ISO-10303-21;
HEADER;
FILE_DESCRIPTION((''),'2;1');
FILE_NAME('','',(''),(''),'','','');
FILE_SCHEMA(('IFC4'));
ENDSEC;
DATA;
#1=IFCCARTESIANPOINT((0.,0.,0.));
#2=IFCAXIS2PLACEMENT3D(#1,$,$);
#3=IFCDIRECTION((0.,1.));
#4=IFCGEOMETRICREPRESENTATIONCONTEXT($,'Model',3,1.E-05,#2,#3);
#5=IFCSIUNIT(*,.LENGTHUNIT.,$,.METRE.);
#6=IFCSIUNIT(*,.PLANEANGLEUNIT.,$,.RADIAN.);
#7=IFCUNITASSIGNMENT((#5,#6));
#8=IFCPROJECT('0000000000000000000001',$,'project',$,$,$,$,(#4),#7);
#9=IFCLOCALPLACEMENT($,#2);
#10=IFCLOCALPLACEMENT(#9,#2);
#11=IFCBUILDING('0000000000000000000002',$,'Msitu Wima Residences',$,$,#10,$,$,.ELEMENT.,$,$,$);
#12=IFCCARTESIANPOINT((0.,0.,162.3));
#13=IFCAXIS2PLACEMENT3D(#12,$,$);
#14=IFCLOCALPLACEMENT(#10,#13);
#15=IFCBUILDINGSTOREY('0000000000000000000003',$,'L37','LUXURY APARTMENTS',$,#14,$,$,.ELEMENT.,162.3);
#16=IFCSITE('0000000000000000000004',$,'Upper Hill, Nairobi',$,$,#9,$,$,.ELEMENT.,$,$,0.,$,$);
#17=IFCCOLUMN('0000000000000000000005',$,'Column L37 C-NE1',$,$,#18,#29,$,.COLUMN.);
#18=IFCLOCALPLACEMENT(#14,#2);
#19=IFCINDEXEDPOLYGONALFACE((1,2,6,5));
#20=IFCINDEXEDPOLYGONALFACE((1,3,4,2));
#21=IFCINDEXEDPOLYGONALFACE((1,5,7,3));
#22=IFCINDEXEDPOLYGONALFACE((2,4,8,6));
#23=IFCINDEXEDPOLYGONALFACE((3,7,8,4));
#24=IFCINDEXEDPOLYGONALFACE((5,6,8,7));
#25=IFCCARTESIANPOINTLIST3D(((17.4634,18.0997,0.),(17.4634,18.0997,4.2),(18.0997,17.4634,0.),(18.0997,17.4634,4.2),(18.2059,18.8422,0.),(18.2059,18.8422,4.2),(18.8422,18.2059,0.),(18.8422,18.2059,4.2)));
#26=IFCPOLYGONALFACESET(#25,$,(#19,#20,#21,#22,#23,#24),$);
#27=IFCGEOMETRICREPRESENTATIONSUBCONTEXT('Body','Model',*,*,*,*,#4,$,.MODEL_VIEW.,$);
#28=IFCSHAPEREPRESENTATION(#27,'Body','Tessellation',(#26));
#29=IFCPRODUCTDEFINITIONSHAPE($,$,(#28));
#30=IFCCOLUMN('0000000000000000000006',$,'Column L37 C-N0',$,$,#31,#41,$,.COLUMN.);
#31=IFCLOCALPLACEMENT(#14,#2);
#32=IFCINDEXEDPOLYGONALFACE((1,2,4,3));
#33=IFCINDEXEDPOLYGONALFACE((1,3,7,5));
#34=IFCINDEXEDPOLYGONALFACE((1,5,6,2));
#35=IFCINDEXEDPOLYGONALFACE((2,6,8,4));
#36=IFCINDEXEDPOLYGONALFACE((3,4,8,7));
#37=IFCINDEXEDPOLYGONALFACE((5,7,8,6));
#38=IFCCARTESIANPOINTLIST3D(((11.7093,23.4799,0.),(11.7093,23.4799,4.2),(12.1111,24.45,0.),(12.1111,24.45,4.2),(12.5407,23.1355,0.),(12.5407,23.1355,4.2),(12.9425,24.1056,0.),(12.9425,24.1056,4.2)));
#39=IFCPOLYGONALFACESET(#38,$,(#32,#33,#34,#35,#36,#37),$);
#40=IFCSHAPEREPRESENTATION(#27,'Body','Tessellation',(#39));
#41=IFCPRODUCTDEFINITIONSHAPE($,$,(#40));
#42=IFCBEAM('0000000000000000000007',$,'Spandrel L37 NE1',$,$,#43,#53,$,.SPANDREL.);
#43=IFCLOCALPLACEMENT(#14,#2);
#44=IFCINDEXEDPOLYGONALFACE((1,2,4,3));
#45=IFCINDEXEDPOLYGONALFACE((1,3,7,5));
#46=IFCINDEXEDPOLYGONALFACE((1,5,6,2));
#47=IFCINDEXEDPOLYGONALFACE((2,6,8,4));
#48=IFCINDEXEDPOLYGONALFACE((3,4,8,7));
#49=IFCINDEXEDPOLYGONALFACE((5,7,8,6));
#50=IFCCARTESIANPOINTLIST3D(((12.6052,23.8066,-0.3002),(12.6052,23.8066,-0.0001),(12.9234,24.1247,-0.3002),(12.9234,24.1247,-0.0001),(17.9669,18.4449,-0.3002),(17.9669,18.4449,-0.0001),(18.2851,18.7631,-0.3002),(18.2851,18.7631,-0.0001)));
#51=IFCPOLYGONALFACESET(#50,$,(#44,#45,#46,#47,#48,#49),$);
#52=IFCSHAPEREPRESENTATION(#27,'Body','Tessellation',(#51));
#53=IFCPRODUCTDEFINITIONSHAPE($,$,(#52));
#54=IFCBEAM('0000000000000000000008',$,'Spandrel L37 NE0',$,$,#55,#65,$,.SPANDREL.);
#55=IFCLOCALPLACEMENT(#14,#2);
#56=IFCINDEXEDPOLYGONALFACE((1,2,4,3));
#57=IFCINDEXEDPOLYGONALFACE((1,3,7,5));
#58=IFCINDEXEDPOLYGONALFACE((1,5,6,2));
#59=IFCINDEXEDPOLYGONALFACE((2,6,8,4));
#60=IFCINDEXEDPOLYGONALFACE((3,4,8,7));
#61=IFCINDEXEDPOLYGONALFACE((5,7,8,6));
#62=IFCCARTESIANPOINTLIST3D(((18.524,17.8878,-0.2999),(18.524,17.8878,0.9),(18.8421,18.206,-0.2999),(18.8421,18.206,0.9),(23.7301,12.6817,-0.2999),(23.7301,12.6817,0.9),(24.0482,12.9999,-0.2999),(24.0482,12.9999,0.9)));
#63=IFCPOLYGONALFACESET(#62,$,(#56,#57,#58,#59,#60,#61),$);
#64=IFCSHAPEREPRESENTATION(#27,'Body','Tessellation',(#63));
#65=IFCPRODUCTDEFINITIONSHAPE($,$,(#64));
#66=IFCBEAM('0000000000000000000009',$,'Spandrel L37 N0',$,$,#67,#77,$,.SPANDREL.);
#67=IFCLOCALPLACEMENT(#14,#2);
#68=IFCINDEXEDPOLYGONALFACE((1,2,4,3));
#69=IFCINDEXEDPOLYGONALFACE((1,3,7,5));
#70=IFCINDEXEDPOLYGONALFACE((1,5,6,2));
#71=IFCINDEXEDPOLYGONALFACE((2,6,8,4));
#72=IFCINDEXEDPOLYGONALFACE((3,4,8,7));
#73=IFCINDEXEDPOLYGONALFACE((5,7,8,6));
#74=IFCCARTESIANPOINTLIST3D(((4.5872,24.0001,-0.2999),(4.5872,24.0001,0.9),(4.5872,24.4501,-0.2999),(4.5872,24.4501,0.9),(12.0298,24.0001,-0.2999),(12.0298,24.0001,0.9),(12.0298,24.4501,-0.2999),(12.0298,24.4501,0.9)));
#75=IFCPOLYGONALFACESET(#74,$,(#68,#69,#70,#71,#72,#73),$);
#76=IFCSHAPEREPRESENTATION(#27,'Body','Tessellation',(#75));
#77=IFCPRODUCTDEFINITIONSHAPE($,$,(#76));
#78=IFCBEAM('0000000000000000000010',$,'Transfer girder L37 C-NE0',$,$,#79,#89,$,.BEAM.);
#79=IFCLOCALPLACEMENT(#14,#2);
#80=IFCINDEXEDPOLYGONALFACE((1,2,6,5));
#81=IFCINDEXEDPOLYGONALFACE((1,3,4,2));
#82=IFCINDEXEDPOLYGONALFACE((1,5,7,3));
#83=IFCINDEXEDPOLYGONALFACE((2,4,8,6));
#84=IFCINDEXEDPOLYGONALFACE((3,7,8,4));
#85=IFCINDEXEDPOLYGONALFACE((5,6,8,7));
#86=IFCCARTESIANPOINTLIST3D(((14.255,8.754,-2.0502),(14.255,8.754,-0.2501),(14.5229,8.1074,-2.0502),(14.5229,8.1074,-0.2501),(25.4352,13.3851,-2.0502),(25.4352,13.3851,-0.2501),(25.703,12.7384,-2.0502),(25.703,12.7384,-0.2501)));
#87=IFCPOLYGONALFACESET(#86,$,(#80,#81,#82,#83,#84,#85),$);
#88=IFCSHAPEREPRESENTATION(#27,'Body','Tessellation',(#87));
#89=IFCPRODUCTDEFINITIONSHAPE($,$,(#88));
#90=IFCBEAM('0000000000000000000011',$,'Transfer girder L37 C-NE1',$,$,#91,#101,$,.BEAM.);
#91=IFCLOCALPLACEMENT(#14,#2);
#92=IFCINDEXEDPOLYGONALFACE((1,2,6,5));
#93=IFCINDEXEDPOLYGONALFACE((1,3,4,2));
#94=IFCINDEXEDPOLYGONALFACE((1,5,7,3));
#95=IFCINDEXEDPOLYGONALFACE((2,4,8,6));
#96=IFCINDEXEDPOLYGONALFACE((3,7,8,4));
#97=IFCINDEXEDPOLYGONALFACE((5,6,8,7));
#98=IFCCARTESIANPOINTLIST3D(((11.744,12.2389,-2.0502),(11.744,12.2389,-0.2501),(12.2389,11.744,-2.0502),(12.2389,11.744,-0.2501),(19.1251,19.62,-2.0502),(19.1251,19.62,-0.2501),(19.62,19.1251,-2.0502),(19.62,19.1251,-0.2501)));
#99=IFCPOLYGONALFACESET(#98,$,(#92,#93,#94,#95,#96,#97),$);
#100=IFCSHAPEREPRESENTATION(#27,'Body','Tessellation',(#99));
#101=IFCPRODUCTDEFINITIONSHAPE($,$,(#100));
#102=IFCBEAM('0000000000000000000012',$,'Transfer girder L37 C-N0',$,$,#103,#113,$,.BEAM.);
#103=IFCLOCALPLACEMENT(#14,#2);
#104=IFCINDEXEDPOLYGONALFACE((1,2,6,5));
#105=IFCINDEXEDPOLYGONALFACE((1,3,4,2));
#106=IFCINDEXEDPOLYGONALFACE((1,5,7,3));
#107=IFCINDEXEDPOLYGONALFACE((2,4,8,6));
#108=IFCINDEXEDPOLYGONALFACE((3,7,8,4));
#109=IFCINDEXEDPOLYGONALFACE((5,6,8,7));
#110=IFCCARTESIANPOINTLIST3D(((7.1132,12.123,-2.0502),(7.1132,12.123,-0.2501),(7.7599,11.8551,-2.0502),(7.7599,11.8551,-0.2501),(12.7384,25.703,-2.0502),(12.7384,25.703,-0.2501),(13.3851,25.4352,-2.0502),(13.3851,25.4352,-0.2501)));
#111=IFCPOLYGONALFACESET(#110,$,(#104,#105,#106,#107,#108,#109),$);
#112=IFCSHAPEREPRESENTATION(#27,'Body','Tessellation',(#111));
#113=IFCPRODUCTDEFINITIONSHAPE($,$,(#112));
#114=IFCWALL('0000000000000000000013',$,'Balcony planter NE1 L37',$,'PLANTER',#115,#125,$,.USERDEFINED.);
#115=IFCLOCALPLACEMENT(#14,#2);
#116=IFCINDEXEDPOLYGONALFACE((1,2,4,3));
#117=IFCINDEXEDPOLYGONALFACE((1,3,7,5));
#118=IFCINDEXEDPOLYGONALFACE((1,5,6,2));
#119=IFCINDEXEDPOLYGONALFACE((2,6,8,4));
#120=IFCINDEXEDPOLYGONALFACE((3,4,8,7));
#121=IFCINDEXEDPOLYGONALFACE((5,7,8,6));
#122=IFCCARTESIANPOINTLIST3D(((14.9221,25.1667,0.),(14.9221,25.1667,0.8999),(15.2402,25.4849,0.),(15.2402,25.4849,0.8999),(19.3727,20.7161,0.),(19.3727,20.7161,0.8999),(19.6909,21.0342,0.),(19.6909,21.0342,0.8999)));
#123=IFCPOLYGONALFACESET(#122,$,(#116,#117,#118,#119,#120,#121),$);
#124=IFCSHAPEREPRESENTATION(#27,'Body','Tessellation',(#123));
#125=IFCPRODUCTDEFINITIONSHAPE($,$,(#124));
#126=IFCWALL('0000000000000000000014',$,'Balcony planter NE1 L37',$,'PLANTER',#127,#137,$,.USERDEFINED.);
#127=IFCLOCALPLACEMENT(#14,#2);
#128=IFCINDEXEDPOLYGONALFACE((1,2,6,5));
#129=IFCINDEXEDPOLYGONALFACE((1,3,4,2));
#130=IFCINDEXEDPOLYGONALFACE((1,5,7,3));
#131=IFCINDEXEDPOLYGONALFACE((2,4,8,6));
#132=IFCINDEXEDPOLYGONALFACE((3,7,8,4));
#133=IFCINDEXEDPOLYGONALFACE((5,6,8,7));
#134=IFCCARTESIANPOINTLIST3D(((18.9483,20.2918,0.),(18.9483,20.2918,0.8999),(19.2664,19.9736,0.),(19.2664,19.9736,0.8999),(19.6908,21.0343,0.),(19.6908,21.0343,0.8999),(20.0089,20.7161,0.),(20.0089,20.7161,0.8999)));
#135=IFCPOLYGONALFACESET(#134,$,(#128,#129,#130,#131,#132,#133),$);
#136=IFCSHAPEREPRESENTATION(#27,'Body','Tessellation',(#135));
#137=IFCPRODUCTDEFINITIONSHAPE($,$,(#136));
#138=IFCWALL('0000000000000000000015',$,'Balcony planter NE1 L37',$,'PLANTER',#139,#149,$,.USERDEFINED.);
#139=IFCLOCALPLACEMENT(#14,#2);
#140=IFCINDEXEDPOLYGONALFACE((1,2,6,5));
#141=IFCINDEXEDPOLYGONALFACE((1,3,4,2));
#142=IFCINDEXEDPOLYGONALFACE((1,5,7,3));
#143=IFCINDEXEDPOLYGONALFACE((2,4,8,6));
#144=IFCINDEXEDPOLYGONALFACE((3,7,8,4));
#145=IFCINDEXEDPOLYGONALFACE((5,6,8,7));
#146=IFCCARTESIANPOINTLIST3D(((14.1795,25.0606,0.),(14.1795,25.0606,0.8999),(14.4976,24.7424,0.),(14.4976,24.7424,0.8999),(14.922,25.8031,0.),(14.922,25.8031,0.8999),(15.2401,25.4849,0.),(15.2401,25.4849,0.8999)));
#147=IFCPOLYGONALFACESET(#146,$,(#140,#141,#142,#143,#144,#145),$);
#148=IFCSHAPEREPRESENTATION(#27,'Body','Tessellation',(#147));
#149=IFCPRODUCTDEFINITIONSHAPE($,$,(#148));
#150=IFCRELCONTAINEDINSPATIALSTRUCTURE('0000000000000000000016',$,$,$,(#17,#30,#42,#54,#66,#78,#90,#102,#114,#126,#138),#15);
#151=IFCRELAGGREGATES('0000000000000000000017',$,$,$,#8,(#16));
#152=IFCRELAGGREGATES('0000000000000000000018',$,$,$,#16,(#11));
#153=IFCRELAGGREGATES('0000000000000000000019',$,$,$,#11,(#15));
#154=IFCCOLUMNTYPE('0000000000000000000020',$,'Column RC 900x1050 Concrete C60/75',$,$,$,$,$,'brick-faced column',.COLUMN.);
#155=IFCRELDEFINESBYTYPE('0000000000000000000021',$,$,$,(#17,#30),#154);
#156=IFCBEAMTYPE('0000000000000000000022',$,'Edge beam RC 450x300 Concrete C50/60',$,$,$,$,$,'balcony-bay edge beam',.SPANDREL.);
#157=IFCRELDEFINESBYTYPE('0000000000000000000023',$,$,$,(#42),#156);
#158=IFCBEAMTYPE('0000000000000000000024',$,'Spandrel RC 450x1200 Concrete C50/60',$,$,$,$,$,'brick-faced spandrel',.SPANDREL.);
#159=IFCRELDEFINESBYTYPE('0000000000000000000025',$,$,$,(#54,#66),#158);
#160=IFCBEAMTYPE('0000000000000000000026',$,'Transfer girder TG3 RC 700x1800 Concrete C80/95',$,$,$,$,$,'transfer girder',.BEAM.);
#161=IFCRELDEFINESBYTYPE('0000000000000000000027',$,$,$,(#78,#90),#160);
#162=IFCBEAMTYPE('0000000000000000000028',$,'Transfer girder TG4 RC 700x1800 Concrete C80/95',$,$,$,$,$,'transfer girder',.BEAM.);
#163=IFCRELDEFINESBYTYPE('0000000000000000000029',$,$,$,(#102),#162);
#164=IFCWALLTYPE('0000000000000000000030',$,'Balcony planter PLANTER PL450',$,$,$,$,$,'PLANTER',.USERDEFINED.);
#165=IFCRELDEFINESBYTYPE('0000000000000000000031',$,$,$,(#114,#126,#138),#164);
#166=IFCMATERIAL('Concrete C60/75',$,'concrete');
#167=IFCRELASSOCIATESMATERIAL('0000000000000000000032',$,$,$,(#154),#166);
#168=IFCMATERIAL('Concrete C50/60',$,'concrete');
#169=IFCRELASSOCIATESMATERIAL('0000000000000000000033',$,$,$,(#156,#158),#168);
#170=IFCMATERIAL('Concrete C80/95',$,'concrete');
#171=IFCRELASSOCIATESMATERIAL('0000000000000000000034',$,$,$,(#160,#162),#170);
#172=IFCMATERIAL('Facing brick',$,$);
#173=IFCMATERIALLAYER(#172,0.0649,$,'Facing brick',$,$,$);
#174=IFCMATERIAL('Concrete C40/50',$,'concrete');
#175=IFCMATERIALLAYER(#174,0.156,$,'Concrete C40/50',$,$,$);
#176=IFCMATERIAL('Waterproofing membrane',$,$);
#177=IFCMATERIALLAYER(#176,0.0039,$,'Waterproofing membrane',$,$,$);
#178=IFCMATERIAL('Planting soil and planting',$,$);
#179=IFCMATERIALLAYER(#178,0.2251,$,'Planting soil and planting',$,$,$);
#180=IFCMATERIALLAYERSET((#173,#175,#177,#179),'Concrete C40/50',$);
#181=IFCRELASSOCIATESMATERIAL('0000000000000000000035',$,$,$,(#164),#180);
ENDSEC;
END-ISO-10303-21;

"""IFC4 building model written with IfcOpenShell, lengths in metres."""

from ifc_helpers import new_model, si_unit, direction, frame, frame_2d, origin, origin_2d, place, context, subcontext, project, spatial, rectangle, extrude, material, layer, layer_set, material_profile, profile_set, type_object, element, save


model = new_model("IFC4")

# Units and contexts
model_context = context("Model", 3, precision=1e-05, world=origin(), true_north=direction((0.0, 1.0)))
body_context = subcontext(model_context, "Body", "Model", "MODEL_VIEW")
ifc_project = project(units=[si_unit("LENGTHUNIT", "METRE"), si_unit("PLANEANGLEUNIT", "RADIAN")], contexts=[model_context])

# Site, building, storey
site_placement = place(None, origin())
site = spatial("IfcSite", under=ifc_project, at=site_placement, Name="Upper Hill, Nairobi", CompositionType="ELEMENT", RefElevation=0.0)
building_placement = place(site_placement, origin())
building = spatial("IfcBuilding", under=site, at=building_placement, Name="Msitu Wima Residences", CompositionType="ELEMENT")
storey_placement = place(building_placement, frame((0.0, 0.0, 162.3)))
storey = spatial("IfcBuildingStorey", under=building, at=storey_placement, Name="L37", Description="LUXURY APARTMENTS", CompositionType="ELEMENT", Elevation=162.3)

# Columns
ifc_material_1 = material(Name="Concrete C60/75", Category="concrete")
ifc_material_profile_1 = material_profile(ifc_material_1, rectangle(XDim=0.8999, YDim=1.05, at=origin_2d()), Name="RC 900x1050")
ifc_profile_set_1 = profile_set([ifc_material_profile_1], Name="Concrete C60/75")
column_type = type_object("IfcColumnType", Name="Column RC 900x1050 Concrete C60/75", ElementType="brick-faced column", PredefinedType="COLUMN", material=ifc_profile_set_1)
for number, where, z_axis, x_axis, name in (
    (1, (18.1528, 18.1528, 0.0), (0.0, 0.0, 1.0), (-0.707107, 0.707107, 0.0), "Column L37 C-NE1"),
    (2, (12.3259, 23.7927, 0.0), (0.0, 0.0, 1.0), (-0.92388, 0.382683, 0.0), "Column L37 C-N0"),
):
    element("IfcColumn", number, at=place(storey_placement, frame(where, z_axis=z_axis, x_axis=x_axis)), inside=storey, type_object=column_type, Name=name, PredefinedType="COLUMN", context=body_context, shape_type="SweptSolid", body=[
        extrude(rectangle(XDim=0.8999, YDim=1.05, at=origin_2d()), origin(), (0.0, 0.0, 1.0), 4.2),
    ])

# Beams
ifc_material_2 = material(Name="Concrete C50/60", Category="concrete")
ifc_material_profile_2 = material_profile(ifc_material_2, rectangle(XDim=0.45, YDim=0.3, at=origin_2d()), Name="RC 450x300")
ifc_profile_set_2 = profile_set([ifc_material_profile_2], Name="Concrete C50/60")
beam_type_1 = type_object("IfcBeamType", Name="Edge beam RC 450x300 Concrete C50/60", ElementType="balcony-bay edge beam", PredefinedType="SPANDREL", material=ifc_profile_set_2)
beam_1_placement = place(storey_placement, frame((18.126, 18.604, -0.1501), z_axis=(-0.707107, 0.707107, 0.0), x_axis=(-0.707107, -0.707107, 0.0)))
element("IfcBeam", 3, at=beam_1_placement, inside=storey, type_object=beam_type_1, Name="Spandrel L37 NE1", PredefinedType="SPANDREL", context=body_context, shape_type="SweptSolid", body=[
    extrude(rectangle(XDim=0.45, YDim=0.3, at=origin_2d()), origin(), (0.0, 0.0, 1.0), 7.5825),
])
ifc_material_profile_3 = material_profile(ifc_material_2, rectangle(XDim=0.45, YDim=1.2, at=origin_2d()), Name="RC 450x1200")
ifc_profile_set_3 = profile_set([ifc_material_profile_3], Name="Concrete C50/60")
beam_type_2 = type_object("IfcBeamType", Name="Spandrel RC 450x1200 Concrete C50/60", ElementType="brick-faced spandrel", PredefinedType="SPANDREL", material=ifc_profile_set_3)
beam_2_placement = place(storey_placement, frame((23.8892, 12.8408, 0.3), z_axis=(-0.707107, 0.707107, 0.0), x_axis=(-0.707107, -0.707107, 0.0)))
element("IfcBeam", 4, at=beam_2_placement, inside=storey, type_object=beam_type_2, Name="Spandrel L37 NE0", PredefinedType="SPANDREL", context=body_context, shape_type="SweptSolid", body=[
    extrude(rectangle(XDim=0.45, YDim=1.2, at=origin_2d()), origin(), (0.0, 0.0, 1.0), 7.3625),
])
beam_3_placement = place(storey_placement, frame((12.0298, 24.2251, 0.3), z_axis=(-1.0, 0.0, 0.0), x_axis=(0.0, -1.0, 0.0)))
element("IfcBeam", 5, at=beam_3_placement, inside=storey, type_object=beam_type_2, Name="Spandrel L37 N0", PredefinedType="SPANDREL", context=body_context, shape_type="SweptSolid", body=[
    extrude(rectangle(XDim=0.45, YDim=1.2, at=origin_2d()), origin(), (0.0, 0.0, 1.0), 7.4426),
])
ifc_material_3 = material(Name="Concrete C80/95", Category="concrete")
ifc_material_profile_4 = material_profile(ifc_material_3, rectangle(XDim=0.7, YDim=1.8, at=origin_2d()), Name="RC 700x1800")
ifc_profile_set_4 = profile_set([ifc_material_profile_4], Name="Concrete C80/95")
beam_type_3 = type_object("IfcBeamType", Name="Transfer girder TG3 RC 700x1800 Concrete C80/95", ElementType="transfer girder", PredefinedType="BEAM", material=ifc_profile_set_4)
beam_4_placement = place(storey_placement, frame((25.5691, 13.0618, -1.1501), z_axis=(-0.923876, -0.382692, 0.0), x_axis=(0.382692, -0.923876, 0.0)))
element("IfcBeam", 6, at=beam_4_placement, inside=storey, type_object=beam_type_3, Name="Transfer girder L37 C-NE0", PredefinedType="BEAM", context=body_context, shape_type="SweptSolid", body=[
    extrude(rectangle(XDim=0.7, YDim=1.8, at=origin_2d()), origin(), (0.0, 0.0, 1.0), 12.1013),
])
beam_5_placement = place(storey_placement, frame((19.3726, 19.3726, -1.1501), z_axis=(-0.707107, -0.707107, 0.0), x_axis=(0.707107, -0.707107, 0.0)))
element("IfcBeam", 7, at=beam_5_placement, inside=storey, type_object=beam_type_3, Name="Transfer girder L37 C-NE1", PredefinedType="BEAM", context=body_context, shape_type="SweptSolid", body=[
    extrude(rectangle(XDim=0.7, YDim=1.8, at=origin_2d()), origin(), (0.0, 0.0, 1.0), 10.4385),
])
ifc_material_profile_5 = material_profile(ifc_material_3, rectangle(XDim=0.7, YDim=1.8, at=origin_2d()), Name="RC 700x1800")
ifc_profile_set_5 = profile_set([ifc_material_profile_5], Name="Concrete C80/95")
beam_type_4 = type_object("IfcBeamType", Name="Transfer girder TG4 RC 700x1800 Concrete C80/95", ElementType="transfer girder", PredefinedType="BEAM", material=ifc_profile_set_5)
beam_6_placement = place(storey_placement, frame((13.0618, 25.5691, -1.1501), z_axis=(-0.382695, -0.923875, 0.0), x_axis=(0.923875, -0.382695, 0.0)))
element("IfcBeam", 8, at=beam_6_placement, inside=storey, type_object=beam_type_4, Name="Transfer girder L37 C-N0", PredefinedType="BEAM", context=body_context, shape_type="SweptSolid", body=[
    extrude(rectangle(XDim=0.7, YDim=1.8, at=origin_2d()), origin(), (0.0, 0.0, 1.0), 14.699),
])

# Walls
ifc_material_4 = material(Name="Facing brick")
ifc_layer_1 = layer(ifc_material_4, 0.0649, Name="Facing brick")
ifc_material_5 = material(Name="Concrete C40/50", Category="concrete")
ifc_layer_2 = layer(ifc_material_5, 0.156, Name="Concrete C40/50")
ifc_material_6 = material(Name="Waterproofing membrane")
ifc_layer_3 = layer(ifc_material_6, 0.0039, Name="Waterproofing membrane")
ifc_material_7 = material(Name="Planting soil and planting")
ifc_layer_4 = layer(ifc_material_7, 0.2251, Name="Planting soil and planting")
ifc_layer_set_1 = layer_set([ifc_layer_1, ifc_layer_2, ifc_layer_3, ifc_layer_4], Name="Concrete C40/50")
wall_type_1 = type_object("IfcWallType", Name="Balcony planter PLANTER PL450", ElementType="PLANTER", PredefinedType="USERDEFINED", material=ifc_layer_set_1)
wall_1_placement = place(storey_placement, frame((19.5317, 20.8752, 0.0), z_axis=(0.0, 0.0, 1.0), x_axis=(-0.707107, 0.707107, 0.0)))
element("IfcWall", 9, at=wall_1_placement, inside=storey, type_object=wall_type_1, Name="Balcony planter NE1 L37", ObjectType="PLANTER", PredefinedType="USERDEFINED", context=body_context, shape_type="SweptSolid", body=[
    extrude(rectangle(XDim=6.2942, YDim=0.45, at=frame_2d((3.147, 0.0))), origin(), (0.0, 0.0, 1.0), 0.8999),
])
for number, where, z_axis, x_axis, name in (
    (10, (19.1074, 20.1328, 0.0), (0.0, 0.0, 1.0), (0.707107, 0.707107, 0.0), "Balcony planter NE1 L37"),
    (11, (14.3386, 24.9016, 0.0), (0.0, 0.0, 1.0), (0.707107, 0.707107, 0.0), "Balcony planter NE1 L37"),
):
    element("IfcWall", number, at=place(storey_placement, frame(where, z_axis=z_axis, x_axis=x_axis)), inside=storey, type_object=wall_type_1, Name=name, ObjectType="PLANTER", PredefinedType="USERDEFINED", context=body_context, shape_type="SweptSolid", body=[
        extrude(rectangle(XDim=1.05, YDim=0.45, at=frame_2d((0.5249, 0.0))), origin(), (0.0, 0.0, 1.0), 0.8999),
    ])

save(model, "model.ifc")
